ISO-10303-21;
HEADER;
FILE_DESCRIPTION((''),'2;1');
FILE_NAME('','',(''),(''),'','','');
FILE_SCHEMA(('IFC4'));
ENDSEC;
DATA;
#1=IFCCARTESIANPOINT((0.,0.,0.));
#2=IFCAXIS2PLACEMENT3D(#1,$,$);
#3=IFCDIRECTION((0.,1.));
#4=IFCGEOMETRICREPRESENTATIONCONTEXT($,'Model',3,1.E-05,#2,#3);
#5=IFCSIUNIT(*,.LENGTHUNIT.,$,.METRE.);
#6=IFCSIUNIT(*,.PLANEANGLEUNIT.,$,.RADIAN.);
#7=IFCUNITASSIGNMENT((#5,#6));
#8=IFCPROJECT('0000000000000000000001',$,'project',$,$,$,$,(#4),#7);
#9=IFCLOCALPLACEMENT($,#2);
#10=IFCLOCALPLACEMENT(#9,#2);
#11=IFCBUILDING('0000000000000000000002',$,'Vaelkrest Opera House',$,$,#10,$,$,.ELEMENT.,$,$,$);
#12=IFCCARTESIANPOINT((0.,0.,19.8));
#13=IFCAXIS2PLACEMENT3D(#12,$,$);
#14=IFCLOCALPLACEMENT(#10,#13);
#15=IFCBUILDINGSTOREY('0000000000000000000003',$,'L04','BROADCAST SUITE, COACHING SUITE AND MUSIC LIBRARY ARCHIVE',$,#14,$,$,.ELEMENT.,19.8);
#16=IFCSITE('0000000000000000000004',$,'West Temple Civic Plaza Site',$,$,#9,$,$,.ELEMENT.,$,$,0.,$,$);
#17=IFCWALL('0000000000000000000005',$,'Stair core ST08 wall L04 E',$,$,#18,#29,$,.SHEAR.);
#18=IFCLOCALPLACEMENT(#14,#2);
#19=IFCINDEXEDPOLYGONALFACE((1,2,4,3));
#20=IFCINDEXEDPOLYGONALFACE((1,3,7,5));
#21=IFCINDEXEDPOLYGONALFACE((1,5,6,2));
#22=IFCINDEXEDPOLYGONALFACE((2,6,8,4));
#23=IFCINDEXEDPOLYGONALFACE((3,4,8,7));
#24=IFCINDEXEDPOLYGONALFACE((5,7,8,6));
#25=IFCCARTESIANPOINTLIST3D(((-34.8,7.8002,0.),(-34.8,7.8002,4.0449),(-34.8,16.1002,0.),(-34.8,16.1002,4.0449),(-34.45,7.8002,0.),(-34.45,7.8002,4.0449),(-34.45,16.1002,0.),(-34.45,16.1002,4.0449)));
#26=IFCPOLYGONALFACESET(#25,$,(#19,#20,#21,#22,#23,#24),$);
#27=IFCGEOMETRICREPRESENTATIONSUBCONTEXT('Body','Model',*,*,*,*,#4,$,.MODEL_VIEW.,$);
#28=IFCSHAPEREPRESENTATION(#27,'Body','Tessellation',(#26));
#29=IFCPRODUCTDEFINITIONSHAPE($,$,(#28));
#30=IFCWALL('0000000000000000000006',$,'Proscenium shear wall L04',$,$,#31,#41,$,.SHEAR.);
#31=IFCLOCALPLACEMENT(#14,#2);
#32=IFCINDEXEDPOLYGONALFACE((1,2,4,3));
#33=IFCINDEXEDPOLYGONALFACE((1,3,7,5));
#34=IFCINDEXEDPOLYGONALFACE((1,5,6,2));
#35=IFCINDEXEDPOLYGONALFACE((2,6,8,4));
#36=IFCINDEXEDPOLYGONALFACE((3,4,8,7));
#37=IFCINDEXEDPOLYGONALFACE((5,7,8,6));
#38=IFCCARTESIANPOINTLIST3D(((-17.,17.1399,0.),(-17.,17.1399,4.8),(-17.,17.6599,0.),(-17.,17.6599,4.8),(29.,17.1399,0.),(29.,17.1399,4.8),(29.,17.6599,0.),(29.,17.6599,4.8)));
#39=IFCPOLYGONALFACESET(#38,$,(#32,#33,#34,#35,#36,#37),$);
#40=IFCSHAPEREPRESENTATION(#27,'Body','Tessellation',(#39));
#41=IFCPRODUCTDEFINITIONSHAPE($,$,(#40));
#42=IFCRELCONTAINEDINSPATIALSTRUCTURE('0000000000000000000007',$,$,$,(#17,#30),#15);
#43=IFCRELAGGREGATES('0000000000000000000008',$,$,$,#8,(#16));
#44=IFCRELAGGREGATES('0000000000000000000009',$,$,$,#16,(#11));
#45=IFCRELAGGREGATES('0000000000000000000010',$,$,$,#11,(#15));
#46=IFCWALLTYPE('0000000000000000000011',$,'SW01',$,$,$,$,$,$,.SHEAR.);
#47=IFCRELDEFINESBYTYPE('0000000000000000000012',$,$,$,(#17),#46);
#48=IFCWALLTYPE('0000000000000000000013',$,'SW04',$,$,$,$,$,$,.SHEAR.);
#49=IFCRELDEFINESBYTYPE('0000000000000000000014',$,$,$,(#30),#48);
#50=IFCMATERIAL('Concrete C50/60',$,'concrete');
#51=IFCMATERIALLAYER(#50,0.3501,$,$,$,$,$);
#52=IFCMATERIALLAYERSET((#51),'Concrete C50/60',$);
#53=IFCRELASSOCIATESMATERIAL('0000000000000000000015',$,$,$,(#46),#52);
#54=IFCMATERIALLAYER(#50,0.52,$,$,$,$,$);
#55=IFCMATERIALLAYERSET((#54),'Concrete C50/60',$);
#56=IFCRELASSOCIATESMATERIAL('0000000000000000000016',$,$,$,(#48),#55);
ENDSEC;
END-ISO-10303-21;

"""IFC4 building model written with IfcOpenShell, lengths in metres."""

from ifc_helpers import new_model, si_unit, direction, frame, frame_2d, origin, place, context, subcontext, project, spatial, rectangle, extrude, material, layer, layer_set, type_object, element, save


model = new_model("IFC4")

# Units and contexts
model_context = context("Model", 3, precision=1e-05, world=origin(), true_north=direction((0.0, 1.0)))
body_context = subcontext(model_context, "Body", "Model", "MODEL_VIEW")
ifc_project = project(units=[si_unit("LENGTHUNIT", "METRE"), si_unit("PLANEANGLEUNIT", "RADIAN")], contexts=[model_context])

# Site, building, storey
site_placement = place(None, origin())
site = spatial("IfcSite", under=ifc_project, at=site_placement, Name="West Temple Civic Plaza Site", CompositionType="ELEMENT", RefElevation=0.0)
building_placement = place(site_placement, origin())
building = spatial("IfcBuilding", under=site, at=building_placement, Name="Vaelkrest Opera House", CompositionType="ELEMENT")
storey_placement = place(building_placement, frame((0.0, 0.0, 19.8)))
storey = spatial("IfcBuildingStorey", under=building, at=storey_placement, Name="L04", Description="BROADCAST SUITE, COACHING SUITE AND MUSIC LIBRARY ARCHIVE", CompositionType="ELEMENT", Elevation=19.8)

# Shared definitions
ifc_material_1 = material(Name="Concrete C50/60", Category="concrete")

# Walls
ifc_layer_1 = layer(ifc_material_1, 0.3501)
ifc_layer_set_1 = layer_set([ifc_layer_1], Name="Concrete C50/60")
wall_type_1 = type_object("IfcWallType", Name="SW01", PredefinedType="SHEAR", material=ifc_layer_set_1)
wall_1_placement = place(storey_placement, frame((-34.625, 16.1001, 0.0), z_axis=(0.0, 0.0, 1.0), x_axis=(0.0, -1.0, 0.0)))
element("IfcWall", 1, at=wall_1_placement, inside=storey, type_object=wall_type_1, Name="Stair core ST08 wall L04 E", PredefinedType="SHEAR", context=body_context, shape_type="SweptSolid", body=[
    extrude(rectangle(XDim=8.3, YDim=0.3501, at=frame_2d((4.1499, 0.0))), origin(), (0.0, 0.0, 1.0), 4.0449),
])
ifc_layer_2 = layer(ifc_material_1, 0.52)
ifc_layer_set_2 = layer_set([ifc_layer_2], Name="Concrete C50/60")
wall_type_2 = type_object("IfcWallType", Name="SW04", PredefinedType="SHEAR", material=ifc_layer_set_2)
wall_2_placement = place(storey_placement, frame((-17.0, 17.3999, 0.0), z_axis=(0.0, 0.0, 1.0), x_axis=(1.0, 0.0, 0.0)))
element("IfcWall", 2, at=wall_2_placement, inside=storey, type_object=wall_type_2, Name="Proscenium shear wall L04", PredefinedType="SHEAR", context=body_context, shape_type="SweptSolid", body=[
    extrude(rectangle(XDim=46.0, YDim=0.52, at=frame_2d((23.0, 0.0))), origin(), (0.0, 0.0, 1.0), 4.8),
])

save(model, "model.ifc")
